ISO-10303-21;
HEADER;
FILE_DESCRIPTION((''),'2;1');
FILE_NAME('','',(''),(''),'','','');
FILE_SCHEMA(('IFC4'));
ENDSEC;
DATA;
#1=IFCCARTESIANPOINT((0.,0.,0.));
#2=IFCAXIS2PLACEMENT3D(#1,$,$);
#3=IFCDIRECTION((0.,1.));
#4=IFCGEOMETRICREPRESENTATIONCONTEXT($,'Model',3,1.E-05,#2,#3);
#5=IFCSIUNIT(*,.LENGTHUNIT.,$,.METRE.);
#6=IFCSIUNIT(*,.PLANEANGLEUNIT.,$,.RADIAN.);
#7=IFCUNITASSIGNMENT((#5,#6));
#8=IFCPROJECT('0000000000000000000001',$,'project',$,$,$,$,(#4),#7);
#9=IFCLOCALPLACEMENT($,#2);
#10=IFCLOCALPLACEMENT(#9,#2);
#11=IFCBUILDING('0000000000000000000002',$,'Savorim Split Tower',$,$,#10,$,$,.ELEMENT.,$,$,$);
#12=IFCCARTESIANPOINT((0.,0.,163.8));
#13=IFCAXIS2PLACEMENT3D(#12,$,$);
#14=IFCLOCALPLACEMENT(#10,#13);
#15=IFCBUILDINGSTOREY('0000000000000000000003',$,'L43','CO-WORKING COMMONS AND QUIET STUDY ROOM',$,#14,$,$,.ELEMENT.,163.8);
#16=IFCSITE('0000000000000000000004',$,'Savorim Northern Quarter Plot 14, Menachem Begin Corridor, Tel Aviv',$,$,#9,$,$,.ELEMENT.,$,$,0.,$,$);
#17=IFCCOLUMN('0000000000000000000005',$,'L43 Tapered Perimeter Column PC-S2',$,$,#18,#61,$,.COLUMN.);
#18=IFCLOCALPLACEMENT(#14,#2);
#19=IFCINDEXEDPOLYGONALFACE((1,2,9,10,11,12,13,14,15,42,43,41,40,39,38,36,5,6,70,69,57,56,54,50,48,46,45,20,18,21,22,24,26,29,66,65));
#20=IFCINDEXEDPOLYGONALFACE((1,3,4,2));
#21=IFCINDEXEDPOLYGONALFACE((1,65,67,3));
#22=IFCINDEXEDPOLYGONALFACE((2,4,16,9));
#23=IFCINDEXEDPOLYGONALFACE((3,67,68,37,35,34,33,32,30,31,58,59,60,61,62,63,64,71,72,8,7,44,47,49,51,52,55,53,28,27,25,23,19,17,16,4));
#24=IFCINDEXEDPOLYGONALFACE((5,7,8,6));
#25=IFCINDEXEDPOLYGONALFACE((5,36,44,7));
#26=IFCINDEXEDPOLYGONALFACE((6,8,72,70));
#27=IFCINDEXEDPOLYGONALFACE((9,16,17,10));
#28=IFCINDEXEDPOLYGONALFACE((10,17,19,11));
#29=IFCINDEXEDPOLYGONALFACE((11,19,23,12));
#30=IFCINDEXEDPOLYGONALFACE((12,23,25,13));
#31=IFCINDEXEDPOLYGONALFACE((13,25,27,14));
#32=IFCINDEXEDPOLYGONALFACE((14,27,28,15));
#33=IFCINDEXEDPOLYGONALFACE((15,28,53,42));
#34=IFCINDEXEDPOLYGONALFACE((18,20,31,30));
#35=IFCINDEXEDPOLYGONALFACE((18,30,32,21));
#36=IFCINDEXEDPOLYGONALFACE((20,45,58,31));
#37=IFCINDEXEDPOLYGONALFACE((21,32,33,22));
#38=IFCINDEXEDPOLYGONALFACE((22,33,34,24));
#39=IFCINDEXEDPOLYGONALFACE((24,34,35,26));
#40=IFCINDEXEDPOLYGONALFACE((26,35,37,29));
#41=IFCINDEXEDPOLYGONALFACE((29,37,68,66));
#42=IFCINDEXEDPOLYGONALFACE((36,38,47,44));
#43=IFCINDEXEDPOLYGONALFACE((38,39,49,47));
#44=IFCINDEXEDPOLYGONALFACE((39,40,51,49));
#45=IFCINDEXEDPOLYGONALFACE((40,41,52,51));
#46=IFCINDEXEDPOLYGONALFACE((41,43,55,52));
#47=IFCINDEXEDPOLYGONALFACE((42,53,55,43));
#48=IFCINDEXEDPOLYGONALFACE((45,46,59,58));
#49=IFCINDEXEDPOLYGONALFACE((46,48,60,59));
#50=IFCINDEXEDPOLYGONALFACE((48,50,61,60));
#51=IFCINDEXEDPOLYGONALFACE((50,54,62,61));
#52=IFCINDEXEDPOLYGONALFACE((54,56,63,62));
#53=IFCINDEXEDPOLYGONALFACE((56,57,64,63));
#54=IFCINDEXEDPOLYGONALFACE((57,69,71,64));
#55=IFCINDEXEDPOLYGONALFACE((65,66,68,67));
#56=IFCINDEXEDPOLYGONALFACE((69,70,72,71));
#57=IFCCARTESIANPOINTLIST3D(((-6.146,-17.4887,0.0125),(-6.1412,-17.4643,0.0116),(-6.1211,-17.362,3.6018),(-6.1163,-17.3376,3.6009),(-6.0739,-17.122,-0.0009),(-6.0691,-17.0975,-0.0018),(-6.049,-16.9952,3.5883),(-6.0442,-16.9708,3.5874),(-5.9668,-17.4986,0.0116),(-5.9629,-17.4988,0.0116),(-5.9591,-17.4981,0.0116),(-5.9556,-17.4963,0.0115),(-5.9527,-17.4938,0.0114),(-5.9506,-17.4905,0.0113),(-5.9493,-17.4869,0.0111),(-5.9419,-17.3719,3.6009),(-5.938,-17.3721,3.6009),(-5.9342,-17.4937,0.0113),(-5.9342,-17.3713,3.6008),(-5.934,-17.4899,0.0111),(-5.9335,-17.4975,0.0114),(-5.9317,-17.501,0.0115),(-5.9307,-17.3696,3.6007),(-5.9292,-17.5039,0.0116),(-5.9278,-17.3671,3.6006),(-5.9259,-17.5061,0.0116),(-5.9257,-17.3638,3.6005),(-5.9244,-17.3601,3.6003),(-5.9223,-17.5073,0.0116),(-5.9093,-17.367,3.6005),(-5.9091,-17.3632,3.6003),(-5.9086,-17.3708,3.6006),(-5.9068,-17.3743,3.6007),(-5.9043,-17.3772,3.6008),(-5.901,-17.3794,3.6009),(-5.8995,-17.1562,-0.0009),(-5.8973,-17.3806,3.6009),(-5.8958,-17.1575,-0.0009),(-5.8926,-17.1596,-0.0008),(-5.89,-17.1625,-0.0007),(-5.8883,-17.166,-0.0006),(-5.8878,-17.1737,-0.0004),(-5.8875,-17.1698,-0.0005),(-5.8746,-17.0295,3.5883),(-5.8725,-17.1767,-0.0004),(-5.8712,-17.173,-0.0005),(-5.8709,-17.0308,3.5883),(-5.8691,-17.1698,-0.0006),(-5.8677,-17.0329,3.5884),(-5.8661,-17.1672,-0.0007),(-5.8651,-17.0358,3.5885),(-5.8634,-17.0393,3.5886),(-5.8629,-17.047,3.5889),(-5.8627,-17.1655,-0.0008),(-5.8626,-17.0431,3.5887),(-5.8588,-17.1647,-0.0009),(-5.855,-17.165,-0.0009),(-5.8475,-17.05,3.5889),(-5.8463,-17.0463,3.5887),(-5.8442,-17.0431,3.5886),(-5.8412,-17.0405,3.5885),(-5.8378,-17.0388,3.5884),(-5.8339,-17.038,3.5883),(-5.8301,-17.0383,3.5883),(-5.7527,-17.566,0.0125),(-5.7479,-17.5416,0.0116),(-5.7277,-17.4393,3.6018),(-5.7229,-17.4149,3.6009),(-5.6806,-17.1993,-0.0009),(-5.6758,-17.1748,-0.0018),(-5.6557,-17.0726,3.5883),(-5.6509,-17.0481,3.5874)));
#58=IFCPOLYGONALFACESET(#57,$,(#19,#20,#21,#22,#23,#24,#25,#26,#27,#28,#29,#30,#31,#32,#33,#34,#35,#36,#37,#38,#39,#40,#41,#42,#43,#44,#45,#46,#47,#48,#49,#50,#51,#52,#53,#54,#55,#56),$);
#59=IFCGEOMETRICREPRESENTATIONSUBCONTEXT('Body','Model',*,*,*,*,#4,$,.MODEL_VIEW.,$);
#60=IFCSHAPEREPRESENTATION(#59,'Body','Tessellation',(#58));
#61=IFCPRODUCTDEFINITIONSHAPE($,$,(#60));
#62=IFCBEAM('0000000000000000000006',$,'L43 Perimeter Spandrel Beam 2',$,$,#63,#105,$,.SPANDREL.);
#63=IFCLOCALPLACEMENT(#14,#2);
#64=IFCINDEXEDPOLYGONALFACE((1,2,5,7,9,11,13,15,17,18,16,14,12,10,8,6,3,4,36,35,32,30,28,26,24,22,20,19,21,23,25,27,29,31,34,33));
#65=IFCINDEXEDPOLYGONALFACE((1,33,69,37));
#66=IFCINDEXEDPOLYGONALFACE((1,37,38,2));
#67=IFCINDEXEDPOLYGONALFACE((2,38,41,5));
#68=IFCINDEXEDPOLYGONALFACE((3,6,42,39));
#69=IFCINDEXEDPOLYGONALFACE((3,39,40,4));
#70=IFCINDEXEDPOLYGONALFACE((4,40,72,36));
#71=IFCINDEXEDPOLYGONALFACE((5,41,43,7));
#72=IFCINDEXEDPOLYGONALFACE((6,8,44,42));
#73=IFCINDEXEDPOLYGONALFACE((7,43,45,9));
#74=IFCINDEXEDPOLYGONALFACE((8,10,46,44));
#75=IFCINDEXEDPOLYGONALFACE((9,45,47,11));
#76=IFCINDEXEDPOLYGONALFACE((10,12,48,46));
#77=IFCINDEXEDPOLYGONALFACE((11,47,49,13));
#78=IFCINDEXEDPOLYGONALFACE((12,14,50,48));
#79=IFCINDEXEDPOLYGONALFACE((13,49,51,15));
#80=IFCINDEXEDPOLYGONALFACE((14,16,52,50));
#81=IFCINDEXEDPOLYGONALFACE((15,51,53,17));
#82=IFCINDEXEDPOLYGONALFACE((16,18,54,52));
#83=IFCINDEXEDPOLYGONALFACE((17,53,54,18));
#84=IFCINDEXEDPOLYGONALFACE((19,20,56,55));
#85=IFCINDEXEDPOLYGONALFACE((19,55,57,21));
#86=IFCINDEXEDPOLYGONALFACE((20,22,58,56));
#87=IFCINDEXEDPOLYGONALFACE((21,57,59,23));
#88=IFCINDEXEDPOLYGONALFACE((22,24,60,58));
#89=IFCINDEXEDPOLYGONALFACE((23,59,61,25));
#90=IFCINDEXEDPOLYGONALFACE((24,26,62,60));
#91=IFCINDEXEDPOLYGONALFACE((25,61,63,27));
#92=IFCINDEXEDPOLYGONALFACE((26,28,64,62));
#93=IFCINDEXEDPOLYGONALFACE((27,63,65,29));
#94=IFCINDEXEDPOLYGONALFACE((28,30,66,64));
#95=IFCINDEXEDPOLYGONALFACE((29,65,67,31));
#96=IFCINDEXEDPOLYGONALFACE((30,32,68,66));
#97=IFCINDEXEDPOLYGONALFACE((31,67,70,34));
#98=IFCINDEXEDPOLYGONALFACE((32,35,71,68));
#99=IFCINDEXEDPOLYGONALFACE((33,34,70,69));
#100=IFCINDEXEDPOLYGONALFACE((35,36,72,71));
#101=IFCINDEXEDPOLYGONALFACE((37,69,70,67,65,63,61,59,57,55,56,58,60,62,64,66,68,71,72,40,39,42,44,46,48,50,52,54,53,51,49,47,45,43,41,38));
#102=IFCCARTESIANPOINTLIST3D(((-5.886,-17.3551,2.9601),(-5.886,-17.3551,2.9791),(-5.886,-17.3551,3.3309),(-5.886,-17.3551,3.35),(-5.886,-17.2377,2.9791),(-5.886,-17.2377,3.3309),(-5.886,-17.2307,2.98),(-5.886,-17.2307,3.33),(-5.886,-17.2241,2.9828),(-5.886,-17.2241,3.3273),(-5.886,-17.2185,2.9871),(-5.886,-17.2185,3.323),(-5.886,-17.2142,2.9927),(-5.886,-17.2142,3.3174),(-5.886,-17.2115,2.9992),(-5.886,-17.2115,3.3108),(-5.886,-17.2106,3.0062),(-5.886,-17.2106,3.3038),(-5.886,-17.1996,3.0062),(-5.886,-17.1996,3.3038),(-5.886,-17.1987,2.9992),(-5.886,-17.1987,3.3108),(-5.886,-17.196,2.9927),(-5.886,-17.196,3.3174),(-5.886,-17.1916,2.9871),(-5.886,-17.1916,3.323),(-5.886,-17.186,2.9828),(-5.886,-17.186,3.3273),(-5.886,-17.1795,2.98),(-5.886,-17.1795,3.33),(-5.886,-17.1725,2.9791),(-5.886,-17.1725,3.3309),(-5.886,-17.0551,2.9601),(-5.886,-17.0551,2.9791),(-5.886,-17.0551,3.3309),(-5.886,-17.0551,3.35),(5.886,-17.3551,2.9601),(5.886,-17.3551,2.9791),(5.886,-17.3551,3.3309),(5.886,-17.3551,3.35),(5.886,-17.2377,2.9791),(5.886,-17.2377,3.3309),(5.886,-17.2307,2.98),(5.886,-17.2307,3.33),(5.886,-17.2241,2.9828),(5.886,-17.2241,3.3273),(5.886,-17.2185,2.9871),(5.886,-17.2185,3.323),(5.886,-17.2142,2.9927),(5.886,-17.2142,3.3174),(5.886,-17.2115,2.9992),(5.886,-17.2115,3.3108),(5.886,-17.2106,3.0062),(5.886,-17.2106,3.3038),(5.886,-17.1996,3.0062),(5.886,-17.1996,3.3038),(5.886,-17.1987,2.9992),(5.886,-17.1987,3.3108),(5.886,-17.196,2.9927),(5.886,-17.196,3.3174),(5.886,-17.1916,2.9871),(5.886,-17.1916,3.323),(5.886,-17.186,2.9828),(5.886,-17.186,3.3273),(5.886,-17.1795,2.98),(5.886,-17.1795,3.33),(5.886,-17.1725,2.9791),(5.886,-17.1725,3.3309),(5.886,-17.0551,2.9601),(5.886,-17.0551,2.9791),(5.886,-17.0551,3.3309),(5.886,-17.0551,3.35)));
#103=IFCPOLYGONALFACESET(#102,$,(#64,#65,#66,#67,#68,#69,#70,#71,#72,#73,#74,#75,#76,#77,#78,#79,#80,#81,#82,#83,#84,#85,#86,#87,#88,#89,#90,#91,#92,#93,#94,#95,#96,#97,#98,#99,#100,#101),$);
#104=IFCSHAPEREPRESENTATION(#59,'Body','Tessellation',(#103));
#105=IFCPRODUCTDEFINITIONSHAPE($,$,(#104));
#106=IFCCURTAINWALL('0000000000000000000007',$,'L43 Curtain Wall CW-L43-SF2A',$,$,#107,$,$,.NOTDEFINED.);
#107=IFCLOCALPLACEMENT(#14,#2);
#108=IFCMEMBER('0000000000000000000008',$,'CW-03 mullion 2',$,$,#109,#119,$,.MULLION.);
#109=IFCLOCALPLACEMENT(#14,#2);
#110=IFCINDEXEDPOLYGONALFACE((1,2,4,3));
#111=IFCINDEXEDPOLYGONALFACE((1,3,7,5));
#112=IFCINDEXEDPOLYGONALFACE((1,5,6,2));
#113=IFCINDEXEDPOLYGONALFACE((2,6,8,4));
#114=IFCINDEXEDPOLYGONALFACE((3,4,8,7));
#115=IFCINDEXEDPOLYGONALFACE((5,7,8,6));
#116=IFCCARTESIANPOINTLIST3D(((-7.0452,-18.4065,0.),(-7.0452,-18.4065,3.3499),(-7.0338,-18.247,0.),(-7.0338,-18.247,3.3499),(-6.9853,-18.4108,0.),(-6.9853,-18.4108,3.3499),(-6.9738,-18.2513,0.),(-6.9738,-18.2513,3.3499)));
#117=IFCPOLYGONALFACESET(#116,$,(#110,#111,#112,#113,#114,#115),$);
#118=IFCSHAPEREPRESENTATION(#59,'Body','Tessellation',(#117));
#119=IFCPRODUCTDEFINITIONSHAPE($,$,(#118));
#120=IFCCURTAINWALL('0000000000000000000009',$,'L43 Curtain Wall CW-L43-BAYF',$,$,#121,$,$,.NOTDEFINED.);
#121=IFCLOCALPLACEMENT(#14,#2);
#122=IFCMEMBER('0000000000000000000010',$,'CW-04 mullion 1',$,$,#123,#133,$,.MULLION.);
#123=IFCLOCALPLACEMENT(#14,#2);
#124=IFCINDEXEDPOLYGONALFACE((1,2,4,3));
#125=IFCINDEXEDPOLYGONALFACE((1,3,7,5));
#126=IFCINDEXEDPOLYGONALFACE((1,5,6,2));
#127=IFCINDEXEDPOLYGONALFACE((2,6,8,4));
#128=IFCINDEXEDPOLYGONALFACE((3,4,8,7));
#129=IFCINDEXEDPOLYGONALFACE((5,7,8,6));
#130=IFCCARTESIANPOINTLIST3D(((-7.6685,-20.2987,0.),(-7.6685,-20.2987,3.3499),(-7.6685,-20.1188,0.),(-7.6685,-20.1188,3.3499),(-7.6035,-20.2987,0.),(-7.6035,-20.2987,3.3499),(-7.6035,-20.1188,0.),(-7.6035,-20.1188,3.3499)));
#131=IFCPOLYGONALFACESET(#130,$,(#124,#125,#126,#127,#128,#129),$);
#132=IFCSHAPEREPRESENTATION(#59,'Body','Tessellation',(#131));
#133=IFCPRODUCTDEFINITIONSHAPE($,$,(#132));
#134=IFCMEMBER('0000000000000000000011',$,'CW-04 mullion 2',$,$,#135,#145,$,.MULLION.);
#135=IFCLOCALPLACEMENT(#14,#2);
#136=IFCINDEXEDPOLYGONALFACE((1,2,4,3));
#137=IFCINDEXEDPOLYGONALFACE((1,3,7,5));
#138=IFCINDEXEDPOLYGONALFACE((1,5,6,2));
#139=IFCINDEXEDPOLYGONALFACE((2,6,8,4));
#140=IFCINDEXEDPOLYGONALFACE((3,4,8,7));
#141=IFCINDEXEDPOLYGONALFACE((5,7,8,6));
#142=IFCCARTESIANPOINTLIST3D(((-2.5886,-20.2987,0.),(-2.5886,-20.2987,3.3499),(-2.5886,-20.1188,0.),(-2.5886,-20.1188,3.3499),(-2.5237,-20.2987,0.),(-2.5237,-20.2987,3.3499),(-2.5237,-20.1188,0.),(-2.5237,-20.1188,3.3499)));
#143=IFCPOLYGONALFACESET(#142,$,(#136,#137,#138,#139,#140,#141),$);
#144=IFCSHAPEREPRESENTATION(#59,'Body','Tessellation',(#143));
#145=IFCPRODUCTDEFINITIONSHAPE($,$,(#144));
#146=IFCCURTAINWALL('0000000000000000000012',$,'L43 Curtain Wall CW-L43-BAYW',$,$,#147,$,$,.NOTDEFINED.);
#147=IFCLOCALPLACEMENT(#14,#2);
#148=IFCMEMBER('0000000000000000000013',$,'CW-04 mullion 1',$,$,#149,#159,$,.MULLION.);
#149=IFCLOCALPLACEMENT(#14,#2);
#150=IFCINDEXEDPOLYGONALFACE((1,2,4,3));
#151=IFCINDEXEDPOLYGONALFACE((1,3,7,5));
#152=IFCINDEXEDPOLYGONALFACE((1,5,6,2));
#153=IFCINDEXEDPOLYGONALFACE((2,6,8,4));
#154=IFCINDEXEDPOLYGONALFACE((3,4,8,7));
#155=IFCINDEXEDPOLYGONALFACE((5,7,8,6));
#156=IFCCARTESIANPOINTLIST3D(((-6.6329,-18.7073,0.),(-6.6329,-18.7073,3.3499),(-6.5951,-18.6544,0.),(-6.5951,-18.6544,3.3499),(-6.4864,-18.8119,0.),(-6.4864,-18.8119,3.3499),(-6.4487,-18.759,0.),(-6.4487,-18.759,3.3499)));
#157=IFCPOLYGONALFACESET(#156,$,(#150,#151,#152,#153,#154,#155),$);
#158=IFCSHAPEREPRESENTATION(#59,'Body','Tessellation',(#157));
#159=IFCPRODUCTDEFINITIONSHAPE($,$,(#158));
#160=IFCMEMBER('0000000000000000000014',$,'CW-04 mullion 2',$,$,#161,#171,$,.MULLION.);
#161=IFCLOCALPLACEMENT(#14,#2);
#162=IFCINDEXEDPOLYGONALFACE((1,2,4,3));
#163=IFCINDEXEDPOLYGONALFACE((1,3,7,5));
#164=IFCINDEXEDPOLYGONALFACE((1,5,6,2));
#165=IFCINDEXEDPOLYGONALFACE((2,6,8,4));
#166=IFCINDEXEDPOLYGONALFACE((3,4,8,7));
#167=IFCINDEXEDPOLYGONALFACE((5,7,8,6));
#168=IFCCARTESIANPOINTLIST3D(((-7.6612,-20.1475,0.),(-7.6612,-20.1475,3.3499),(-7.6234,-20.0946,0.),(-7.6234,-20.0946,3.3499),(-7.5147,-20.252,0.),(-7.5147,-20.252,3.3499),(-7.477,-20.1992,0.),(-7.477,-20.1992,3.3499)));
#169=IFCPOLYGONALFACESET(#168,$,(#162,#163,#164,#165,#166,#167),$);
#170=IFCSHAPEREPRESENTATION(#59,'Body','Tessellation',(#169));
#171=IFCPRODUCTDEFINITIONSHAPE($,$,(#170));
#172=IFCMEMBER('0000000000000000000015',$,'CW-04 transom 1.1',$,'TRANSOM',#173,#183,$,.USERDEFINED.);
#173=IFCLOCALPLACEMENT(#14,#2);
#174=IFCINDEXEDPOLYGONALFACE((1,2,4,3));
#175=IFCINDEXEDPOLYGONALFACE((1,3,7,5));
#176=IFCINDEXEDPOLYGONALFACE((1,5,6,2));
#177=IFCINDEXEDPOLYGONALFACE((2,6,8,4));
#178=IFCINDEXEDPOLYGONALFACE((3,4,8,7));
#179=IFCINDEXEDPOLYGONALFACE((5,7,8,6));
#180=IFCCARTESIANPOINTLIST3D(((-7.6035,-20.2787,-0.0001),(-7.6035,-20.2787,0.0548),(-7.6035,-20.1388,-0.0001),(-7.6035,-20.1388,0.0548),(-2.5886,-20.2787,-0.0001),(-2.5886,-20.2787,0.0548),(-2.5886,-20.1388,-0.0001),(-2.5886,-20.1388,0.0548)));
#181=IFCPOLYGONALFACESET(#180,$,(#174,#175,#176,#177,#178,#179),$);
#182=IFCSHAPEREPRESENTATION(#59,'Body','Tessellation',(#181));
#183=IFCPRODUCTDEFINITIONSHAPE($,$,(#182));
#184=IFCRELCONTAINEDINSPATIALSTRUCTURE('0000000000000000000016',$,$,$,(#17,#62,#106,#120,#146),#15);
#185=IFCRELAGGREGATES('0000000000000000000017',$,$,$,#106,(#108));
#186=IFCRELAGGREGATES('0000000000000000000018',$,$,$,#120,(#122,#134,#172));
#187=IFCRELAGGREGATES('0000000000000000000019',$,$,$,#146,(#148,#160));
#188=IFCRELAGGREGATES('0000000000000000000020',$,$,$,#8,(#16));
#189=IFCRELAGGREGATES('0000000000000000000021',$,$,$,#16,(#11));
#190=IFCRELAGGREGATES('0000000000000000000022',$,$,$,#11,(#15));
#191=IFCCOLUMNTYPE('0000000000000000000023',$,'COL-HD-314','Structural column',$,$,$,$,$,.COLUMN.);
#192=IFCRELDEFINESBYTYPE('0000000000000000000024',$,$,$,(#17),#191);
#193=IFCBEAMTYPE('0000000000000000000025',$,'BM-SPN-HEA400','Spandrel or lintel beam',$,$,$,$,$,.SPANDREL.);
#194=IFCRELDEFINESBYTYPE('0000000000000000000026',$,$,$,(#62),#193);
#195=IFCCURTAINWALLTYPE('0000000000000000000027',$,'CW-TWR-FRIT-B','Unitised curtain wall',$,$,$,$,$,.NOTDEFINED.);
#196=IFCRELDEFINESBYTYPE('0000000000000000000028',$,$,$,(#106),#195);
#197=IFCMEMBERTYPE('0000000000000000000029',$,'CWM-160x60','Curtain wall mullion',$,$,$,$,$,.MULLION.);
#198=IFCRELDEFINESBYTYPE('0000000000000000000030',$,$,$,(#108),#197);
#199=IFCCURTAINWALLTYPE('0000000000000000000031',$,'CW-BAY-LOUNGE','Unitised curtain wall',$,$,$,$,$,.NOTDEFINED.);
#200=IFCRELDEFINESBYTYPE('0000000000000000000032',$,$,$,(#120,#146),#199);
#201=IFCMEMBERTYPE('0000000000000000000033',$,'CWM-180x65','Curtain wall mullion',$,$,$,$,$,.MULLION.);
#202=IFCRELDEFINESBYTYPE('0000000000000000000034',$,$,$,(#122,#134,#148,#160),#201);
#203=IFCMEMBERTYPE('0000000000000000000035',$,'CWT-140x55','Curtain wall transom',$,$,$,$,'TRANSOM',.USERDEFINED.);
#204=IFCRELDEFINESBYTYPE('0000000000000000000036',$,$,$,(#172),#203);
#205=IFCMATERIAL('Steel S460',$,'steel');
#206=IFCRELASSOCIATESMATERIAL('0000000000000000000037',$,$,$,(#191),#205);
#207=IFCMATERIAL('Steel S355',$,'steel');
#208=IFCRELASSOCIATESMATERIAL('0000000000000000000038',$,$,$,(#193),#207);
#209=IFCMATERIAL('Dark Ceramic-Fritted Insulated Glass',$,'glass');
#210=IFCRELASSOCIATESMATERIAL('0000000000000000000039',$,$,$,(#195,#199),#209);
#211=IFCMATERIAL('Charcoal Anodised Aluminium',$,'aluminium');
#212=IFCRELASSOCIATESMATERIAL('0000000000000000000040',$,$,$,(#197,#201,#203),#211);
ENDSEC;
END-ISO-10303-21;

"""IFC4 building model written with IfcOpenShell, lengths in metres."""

from ifc_helpers import new_model, si_unit, direction, frame, origin, origin_2d, place, context, subcontext, project, spatial, rectangle, i_section, extrude, material, material_profile, profile_set, type_object, element, aggregate, save


model = new_model("IFC4")

# Units and contexts
model_context = context("Model", 3, precision=1e-05, world=origin(), true_north=direction((0.0, 1.0)))
body_context = subcontext(model_context, "Body", "Model", "MODEL_VIEW")
ifc_project = project(units=[si_unit("LENGTHUNIT", "METRE"), si_unit("PLANEANGLEUNIT", "RADIAN")], contexts=[model_context])

# Site, building, storey
site_placement = place(None, origin())
site = spatial("IfcSite", under=ifc_project, at=site_placement, Name="Savorim Northern Quarter Plot 14, Menachem Begin Corridor, Tel Aviv", CompositionType="ELEMENT", RefElevation=0.0)
building_placement = place(site_placement, origin())
building = spatial("IfcBuilding", under=site, at=building_placement, Name="Savorim Split Tower", CompositionType="ELEMENT")
storey_placement = place(building_placement, frame((0.0, 0.0, 163.8)))
storey = spatial("IfcBuildingStorey", under=building, at=storey_placement, Name="L43", Description="CO-WORKING COMMONS AND QUIET STUDY ROOM", CompositionType="ELEMENT", Elevation=163.8)

# Column
ifc_material_1 = material(Name="Steel S460", Category="steel")
ifc_material_profile_1 = material_profile(ifc_material_1, i_section(OverallWidth=0.4009, OverallDepth=0.3989, WebThickness=0.0156, FlangeThickness=0.0249, FilletRadius=0.0149, at=origin_2d()), Name="HD 400x314")
ifc_profile_set_1 = profile_set([ifc_material_profile_1], Name="Steel S460")
column_type = type_object("IfcColumnType", Name="COL-HD-314", Description="Structural column", PredefinedType="COLUMN", material=ifc_profile_set_1)
column_placement = place(storey_placement, frame((-5.9109, -17.3318, 0.0054), z_axis=(0.006934, 0.035281, 0.999353), x_axis=(-0.98123, 0.192843, 0.0)))
element("IfcColumn", 1, at=column_placement, inside=storey, type_object=column_type, Name="L43 Tapered Perimeter Column PC-S2", PredefinedType="COLUMN", context=body_context, shape_type="SweptSolid", body=[
    extrude(i_section(OverallWidth=0.4009, OverallDepth=0.3989, WebThickness=0.0156, FlangeThickness=0.0249, FilletRadius=0.0149, at=origin_2d()), origin(), (0.0, 0.0, 1.0), 3.5916),
])

# Beam
ifc_material_2 = material(Name="Steel S355", Category="steel")
ifc_material_profile_2 = material_profile(ifc_material_2, i_section(OverallWidth=0.3, OverallDepth=0.3899, WebThickness=0.011, FlangeThickness=0.019, FilletRadius=0.0271, at=origin_2d()), Name="HEA 400")
ifc_profile_set_2 = profile_set([ifc_material_profile_2], Name="Steel S355")
beam_type = type_object("IfcBeamType", Name="BM-SPN-HEA400", Description="Spandrel or lintel beam", PredefinedType="SPANDREL", material=ifc_profile_set_2)
beam_placement = place(storey_placement, frame((-5.886, -17.2051, 3.155), z_axis=(1.0, 0.0, 0.0), x_axis=(0.0, 1.0, 0.0)))
element("IfcBeam", 2, at=beam_placement, inside=storey, type_object=beam_type, Name="L43 Perimeter Spandrel Beam 2", PredefinedType="SPANDREL", context=body_context, shape_type="SweptSolid", body=[
    extrude(i_section(OverallWidth=0.3, OverallDepth=0.3899, WebThickness=0.011, FlangeThickness=0.019, FilletRadius=0.0271, at=origin_2d()), origin(), (0.0, 0.0, 1.0), 11.772),
])

# Curtain wall, member
ifc_material_3 = material(Name="Dark Ceramic-Fritted Insulated Glass", Category="glass")
curtain_wall_type_1 = type_object("IfcCurtainWallType", Name="CW-TWR-FRIT-B", Description="Unitised curtain wall", PredefinedType="NOTDEFINED", material=ifc_material_3)
curtain_wall_1_placement = place(storey_placement, origin())
curtain_wall_1 = element("IfcCurtainWall", 3, at=curtain_wall_1_placement, inside=storey, type_object=curtain_wall_type_1, Name="L43 Curtain Wall CW-L43-SF2A", PredefinedType="NOTDEFINED")
ifc_material_4 = material(Name="Charcoal Anodised Aluminium", Category="aluminium")
ifc_material_profile_3 = material_profile(ifc_material_4, rectangle(XDim=0.1599, YDim=0.0601, at=origin_2d()), Name="ALU-M 160x60")
ifc_profile_set_3 = profile_set([ifc_material_profile_3], Name="Charcoal Anodised Aluminium")
member_type_1 = type_object("IfcMemberType", Name="CWM-160x60", Description="Curtain wall mullion", PredefinedType="MULLION", material=ifc_profile_set_3)
member_1_placement = place(storey_placement, frame((-7.0095, -18.3289, 0.0), z_axis=(0.0, 0.0, 1.0), x_axis=(0.071558, 0.997436, 0.0)))
member_1 = element("IfcMember", 4, at=member_1_placement, type_object=member_type_1, Name="CW-03 mullion 2", PredefinedType="MULLION", context=body_context, shape_type="SweptSolid", body=[
    extrude(rectangle(XDim=0.1599, YDim=0.0601, at=origin_2d()), origin(), (0.0, 0.0, 1.0), 3.3499),
])

# Curtain walls, members
curtain_wall_type_2 = type_object("IfcCurtainWallType", Name="CW-BAY-LOUNGE", Description="Unitised curtain wall", PredefinedType="NOTDEFINED", material=ifc_material_3)
curtain_wall_2_placement = place(storey_placement, origin())
curtain_wall_2 = element("IfcCurtainWall", 5, at=curtain_wall_2_placement, inside=storey, type_object=curtain_wall_type_2, Name="L43 Curtain Wall CW-L43-BAYF", PredefinedType="NOTDEFINED")
ifc_material_profile_4 = material_profile(ifc_material_4, rectangle(XDim=0.1799, YDim=0.0649, at=origin_2d()), Name="ALU-M 180x65")
ifc_profile_set_4 = profile_set([ifc_material_profile_4], Name="Charcoal Anodised Aluminium")
member_type_2 = type_object("IfcMemberType", Name="CWM-180x65", Description="Curtain wall mullion", PredefinedType="MULLION", material=ifc_profile_set_4)
member_2_placement = place(storey_placement, frame((-7.636, -20.2087, 0.0), z_axis=(0.0, 0.0, 1.0), x_axis=(0.0, 1.0, 0.0)))
member_2 = element("IfcMember", 6, at=member_2_placement, type_object=member_type_2, Name="CW-04 mullion 1", PredefinedType="MULLION", context=body_context, shape_type="SweptSolid", body=[
    extrude(rectangle(XDim=0.1799, YDim=0.0649, at=origin_2d()), origin(), (0.0, 0.0, 1.0), 3.3499),
])
member_3_placement = place(storey_placement, frame((-2.5562, -20.2087, 0.0), z_axis=(0.0, 0.0, 1.0), x_axis=(0.0, 1.0, 0.0)))
member_3 = element("IfcMember", 7, at=member_3_placement, type_object=member_type_2, Name="CW-04 mullion 2", PredefinedType="MULLION", context=body_context, shape_type="SweptSolid", body=[
    extrude(rectangle(XDim=0.1799, YDim=0.0649, at=origin_2d()), origin(), (0.0, 0.0, 1.0), 3.3499),
])
curtain_wall_3_placement = place(storey_placement, origin())
curtain_wall_3 = element("IfcCurtainWall", 8, at=curtain_wall_3_placement, inside=storey, type_object=curtain_wall_type_2, Name="L43 Curtain Wall CW-L43-BAYW", PredefinedType="NOTDEFINED")
member_4_placement = place(storey_placement, frame((-6.5408, -18.7332, 0.0), z_axis=(0.0, 0.0, 1.0), x_axis=(0.813822, -0.581114, 0.0)))
member_4 = element("IfcMember", 9, at=member_4_placement, type_object=member_type_2, Name="CW-04 mullion 1", PredefinedType="MULLION", context=body_context, shape_type="SweptSolid", body=[
    extrude(rectangle(XDim=0.1799, YDim=0.0649, at=origin_2d()), origin(), (0.0, 0.0, 1.0), 3.3499),
])
member_5_placement = place(storey_placement, frame((-7.5691, -20.1733, 0.0), z_axis=(0.0, 0.0, 1.0), x_axis=(0.813822, -0.581114, 0.0)))
member_5 = element("IfcMember", 10, at=member_5_placement, type_object=member_type_2, Name="CW-04 mullion 2", PredefinedType="MULLION", context=body_context, shape_type="SweptSolid", body=[
    extrude(rectangle(XDim=0.1799, YDim=0.0649, at=origin_2d()), origin(), (0.0, 0.0, 1.0), 3.3499),
])

# Member
ifc_material_profile_5 = material_profile(ifc_material_4, rectangle(XDim=0.1399, YDim=0.0549, at=origin_2d()), Name="ALU-T 140x55")
ifc_profile_set_5 = profile_set([ifc_material_profile_5], Name="Charcoal Anodised Aluminium")
member_type_3 = type_object("IfcMemberType", Name="CWT-140x55", Description="Curtain wall transom", ElementType="TRANSOM", PredefinedType="USERDEFINED", material=ifc_profile_set_5)
member_6_placement = place(storey_placement, frame((-7.6035, -20.2087, 0.0273), z_axis=(1.0, 0.0, 0.0), x_axis=(0.0, 1.0, 0.0)))
member_6 = element("IfcMember", 11, at=member_6_placement, type_object=member_type_3, Name="CW-04 transom 1.1", ObjectType="TRANSOM", PredefinedType="USERDEFINED", context=body_context, shape_type="SweptSolid", body=[
    extrude(rectangle(XDim=0.1399, YDim=0.0549, at=origin_2d()), origin(), (0.0, 0.0, 1.0), 5.0149),
])

aggregate(curtain_wall_1, [member_1])
aggregate(curtain_wall_2, [member_2, member_3, member_6])
aggregate(curtain_wall_3, [member_4, member_5])

save(model, "model.ifc")
